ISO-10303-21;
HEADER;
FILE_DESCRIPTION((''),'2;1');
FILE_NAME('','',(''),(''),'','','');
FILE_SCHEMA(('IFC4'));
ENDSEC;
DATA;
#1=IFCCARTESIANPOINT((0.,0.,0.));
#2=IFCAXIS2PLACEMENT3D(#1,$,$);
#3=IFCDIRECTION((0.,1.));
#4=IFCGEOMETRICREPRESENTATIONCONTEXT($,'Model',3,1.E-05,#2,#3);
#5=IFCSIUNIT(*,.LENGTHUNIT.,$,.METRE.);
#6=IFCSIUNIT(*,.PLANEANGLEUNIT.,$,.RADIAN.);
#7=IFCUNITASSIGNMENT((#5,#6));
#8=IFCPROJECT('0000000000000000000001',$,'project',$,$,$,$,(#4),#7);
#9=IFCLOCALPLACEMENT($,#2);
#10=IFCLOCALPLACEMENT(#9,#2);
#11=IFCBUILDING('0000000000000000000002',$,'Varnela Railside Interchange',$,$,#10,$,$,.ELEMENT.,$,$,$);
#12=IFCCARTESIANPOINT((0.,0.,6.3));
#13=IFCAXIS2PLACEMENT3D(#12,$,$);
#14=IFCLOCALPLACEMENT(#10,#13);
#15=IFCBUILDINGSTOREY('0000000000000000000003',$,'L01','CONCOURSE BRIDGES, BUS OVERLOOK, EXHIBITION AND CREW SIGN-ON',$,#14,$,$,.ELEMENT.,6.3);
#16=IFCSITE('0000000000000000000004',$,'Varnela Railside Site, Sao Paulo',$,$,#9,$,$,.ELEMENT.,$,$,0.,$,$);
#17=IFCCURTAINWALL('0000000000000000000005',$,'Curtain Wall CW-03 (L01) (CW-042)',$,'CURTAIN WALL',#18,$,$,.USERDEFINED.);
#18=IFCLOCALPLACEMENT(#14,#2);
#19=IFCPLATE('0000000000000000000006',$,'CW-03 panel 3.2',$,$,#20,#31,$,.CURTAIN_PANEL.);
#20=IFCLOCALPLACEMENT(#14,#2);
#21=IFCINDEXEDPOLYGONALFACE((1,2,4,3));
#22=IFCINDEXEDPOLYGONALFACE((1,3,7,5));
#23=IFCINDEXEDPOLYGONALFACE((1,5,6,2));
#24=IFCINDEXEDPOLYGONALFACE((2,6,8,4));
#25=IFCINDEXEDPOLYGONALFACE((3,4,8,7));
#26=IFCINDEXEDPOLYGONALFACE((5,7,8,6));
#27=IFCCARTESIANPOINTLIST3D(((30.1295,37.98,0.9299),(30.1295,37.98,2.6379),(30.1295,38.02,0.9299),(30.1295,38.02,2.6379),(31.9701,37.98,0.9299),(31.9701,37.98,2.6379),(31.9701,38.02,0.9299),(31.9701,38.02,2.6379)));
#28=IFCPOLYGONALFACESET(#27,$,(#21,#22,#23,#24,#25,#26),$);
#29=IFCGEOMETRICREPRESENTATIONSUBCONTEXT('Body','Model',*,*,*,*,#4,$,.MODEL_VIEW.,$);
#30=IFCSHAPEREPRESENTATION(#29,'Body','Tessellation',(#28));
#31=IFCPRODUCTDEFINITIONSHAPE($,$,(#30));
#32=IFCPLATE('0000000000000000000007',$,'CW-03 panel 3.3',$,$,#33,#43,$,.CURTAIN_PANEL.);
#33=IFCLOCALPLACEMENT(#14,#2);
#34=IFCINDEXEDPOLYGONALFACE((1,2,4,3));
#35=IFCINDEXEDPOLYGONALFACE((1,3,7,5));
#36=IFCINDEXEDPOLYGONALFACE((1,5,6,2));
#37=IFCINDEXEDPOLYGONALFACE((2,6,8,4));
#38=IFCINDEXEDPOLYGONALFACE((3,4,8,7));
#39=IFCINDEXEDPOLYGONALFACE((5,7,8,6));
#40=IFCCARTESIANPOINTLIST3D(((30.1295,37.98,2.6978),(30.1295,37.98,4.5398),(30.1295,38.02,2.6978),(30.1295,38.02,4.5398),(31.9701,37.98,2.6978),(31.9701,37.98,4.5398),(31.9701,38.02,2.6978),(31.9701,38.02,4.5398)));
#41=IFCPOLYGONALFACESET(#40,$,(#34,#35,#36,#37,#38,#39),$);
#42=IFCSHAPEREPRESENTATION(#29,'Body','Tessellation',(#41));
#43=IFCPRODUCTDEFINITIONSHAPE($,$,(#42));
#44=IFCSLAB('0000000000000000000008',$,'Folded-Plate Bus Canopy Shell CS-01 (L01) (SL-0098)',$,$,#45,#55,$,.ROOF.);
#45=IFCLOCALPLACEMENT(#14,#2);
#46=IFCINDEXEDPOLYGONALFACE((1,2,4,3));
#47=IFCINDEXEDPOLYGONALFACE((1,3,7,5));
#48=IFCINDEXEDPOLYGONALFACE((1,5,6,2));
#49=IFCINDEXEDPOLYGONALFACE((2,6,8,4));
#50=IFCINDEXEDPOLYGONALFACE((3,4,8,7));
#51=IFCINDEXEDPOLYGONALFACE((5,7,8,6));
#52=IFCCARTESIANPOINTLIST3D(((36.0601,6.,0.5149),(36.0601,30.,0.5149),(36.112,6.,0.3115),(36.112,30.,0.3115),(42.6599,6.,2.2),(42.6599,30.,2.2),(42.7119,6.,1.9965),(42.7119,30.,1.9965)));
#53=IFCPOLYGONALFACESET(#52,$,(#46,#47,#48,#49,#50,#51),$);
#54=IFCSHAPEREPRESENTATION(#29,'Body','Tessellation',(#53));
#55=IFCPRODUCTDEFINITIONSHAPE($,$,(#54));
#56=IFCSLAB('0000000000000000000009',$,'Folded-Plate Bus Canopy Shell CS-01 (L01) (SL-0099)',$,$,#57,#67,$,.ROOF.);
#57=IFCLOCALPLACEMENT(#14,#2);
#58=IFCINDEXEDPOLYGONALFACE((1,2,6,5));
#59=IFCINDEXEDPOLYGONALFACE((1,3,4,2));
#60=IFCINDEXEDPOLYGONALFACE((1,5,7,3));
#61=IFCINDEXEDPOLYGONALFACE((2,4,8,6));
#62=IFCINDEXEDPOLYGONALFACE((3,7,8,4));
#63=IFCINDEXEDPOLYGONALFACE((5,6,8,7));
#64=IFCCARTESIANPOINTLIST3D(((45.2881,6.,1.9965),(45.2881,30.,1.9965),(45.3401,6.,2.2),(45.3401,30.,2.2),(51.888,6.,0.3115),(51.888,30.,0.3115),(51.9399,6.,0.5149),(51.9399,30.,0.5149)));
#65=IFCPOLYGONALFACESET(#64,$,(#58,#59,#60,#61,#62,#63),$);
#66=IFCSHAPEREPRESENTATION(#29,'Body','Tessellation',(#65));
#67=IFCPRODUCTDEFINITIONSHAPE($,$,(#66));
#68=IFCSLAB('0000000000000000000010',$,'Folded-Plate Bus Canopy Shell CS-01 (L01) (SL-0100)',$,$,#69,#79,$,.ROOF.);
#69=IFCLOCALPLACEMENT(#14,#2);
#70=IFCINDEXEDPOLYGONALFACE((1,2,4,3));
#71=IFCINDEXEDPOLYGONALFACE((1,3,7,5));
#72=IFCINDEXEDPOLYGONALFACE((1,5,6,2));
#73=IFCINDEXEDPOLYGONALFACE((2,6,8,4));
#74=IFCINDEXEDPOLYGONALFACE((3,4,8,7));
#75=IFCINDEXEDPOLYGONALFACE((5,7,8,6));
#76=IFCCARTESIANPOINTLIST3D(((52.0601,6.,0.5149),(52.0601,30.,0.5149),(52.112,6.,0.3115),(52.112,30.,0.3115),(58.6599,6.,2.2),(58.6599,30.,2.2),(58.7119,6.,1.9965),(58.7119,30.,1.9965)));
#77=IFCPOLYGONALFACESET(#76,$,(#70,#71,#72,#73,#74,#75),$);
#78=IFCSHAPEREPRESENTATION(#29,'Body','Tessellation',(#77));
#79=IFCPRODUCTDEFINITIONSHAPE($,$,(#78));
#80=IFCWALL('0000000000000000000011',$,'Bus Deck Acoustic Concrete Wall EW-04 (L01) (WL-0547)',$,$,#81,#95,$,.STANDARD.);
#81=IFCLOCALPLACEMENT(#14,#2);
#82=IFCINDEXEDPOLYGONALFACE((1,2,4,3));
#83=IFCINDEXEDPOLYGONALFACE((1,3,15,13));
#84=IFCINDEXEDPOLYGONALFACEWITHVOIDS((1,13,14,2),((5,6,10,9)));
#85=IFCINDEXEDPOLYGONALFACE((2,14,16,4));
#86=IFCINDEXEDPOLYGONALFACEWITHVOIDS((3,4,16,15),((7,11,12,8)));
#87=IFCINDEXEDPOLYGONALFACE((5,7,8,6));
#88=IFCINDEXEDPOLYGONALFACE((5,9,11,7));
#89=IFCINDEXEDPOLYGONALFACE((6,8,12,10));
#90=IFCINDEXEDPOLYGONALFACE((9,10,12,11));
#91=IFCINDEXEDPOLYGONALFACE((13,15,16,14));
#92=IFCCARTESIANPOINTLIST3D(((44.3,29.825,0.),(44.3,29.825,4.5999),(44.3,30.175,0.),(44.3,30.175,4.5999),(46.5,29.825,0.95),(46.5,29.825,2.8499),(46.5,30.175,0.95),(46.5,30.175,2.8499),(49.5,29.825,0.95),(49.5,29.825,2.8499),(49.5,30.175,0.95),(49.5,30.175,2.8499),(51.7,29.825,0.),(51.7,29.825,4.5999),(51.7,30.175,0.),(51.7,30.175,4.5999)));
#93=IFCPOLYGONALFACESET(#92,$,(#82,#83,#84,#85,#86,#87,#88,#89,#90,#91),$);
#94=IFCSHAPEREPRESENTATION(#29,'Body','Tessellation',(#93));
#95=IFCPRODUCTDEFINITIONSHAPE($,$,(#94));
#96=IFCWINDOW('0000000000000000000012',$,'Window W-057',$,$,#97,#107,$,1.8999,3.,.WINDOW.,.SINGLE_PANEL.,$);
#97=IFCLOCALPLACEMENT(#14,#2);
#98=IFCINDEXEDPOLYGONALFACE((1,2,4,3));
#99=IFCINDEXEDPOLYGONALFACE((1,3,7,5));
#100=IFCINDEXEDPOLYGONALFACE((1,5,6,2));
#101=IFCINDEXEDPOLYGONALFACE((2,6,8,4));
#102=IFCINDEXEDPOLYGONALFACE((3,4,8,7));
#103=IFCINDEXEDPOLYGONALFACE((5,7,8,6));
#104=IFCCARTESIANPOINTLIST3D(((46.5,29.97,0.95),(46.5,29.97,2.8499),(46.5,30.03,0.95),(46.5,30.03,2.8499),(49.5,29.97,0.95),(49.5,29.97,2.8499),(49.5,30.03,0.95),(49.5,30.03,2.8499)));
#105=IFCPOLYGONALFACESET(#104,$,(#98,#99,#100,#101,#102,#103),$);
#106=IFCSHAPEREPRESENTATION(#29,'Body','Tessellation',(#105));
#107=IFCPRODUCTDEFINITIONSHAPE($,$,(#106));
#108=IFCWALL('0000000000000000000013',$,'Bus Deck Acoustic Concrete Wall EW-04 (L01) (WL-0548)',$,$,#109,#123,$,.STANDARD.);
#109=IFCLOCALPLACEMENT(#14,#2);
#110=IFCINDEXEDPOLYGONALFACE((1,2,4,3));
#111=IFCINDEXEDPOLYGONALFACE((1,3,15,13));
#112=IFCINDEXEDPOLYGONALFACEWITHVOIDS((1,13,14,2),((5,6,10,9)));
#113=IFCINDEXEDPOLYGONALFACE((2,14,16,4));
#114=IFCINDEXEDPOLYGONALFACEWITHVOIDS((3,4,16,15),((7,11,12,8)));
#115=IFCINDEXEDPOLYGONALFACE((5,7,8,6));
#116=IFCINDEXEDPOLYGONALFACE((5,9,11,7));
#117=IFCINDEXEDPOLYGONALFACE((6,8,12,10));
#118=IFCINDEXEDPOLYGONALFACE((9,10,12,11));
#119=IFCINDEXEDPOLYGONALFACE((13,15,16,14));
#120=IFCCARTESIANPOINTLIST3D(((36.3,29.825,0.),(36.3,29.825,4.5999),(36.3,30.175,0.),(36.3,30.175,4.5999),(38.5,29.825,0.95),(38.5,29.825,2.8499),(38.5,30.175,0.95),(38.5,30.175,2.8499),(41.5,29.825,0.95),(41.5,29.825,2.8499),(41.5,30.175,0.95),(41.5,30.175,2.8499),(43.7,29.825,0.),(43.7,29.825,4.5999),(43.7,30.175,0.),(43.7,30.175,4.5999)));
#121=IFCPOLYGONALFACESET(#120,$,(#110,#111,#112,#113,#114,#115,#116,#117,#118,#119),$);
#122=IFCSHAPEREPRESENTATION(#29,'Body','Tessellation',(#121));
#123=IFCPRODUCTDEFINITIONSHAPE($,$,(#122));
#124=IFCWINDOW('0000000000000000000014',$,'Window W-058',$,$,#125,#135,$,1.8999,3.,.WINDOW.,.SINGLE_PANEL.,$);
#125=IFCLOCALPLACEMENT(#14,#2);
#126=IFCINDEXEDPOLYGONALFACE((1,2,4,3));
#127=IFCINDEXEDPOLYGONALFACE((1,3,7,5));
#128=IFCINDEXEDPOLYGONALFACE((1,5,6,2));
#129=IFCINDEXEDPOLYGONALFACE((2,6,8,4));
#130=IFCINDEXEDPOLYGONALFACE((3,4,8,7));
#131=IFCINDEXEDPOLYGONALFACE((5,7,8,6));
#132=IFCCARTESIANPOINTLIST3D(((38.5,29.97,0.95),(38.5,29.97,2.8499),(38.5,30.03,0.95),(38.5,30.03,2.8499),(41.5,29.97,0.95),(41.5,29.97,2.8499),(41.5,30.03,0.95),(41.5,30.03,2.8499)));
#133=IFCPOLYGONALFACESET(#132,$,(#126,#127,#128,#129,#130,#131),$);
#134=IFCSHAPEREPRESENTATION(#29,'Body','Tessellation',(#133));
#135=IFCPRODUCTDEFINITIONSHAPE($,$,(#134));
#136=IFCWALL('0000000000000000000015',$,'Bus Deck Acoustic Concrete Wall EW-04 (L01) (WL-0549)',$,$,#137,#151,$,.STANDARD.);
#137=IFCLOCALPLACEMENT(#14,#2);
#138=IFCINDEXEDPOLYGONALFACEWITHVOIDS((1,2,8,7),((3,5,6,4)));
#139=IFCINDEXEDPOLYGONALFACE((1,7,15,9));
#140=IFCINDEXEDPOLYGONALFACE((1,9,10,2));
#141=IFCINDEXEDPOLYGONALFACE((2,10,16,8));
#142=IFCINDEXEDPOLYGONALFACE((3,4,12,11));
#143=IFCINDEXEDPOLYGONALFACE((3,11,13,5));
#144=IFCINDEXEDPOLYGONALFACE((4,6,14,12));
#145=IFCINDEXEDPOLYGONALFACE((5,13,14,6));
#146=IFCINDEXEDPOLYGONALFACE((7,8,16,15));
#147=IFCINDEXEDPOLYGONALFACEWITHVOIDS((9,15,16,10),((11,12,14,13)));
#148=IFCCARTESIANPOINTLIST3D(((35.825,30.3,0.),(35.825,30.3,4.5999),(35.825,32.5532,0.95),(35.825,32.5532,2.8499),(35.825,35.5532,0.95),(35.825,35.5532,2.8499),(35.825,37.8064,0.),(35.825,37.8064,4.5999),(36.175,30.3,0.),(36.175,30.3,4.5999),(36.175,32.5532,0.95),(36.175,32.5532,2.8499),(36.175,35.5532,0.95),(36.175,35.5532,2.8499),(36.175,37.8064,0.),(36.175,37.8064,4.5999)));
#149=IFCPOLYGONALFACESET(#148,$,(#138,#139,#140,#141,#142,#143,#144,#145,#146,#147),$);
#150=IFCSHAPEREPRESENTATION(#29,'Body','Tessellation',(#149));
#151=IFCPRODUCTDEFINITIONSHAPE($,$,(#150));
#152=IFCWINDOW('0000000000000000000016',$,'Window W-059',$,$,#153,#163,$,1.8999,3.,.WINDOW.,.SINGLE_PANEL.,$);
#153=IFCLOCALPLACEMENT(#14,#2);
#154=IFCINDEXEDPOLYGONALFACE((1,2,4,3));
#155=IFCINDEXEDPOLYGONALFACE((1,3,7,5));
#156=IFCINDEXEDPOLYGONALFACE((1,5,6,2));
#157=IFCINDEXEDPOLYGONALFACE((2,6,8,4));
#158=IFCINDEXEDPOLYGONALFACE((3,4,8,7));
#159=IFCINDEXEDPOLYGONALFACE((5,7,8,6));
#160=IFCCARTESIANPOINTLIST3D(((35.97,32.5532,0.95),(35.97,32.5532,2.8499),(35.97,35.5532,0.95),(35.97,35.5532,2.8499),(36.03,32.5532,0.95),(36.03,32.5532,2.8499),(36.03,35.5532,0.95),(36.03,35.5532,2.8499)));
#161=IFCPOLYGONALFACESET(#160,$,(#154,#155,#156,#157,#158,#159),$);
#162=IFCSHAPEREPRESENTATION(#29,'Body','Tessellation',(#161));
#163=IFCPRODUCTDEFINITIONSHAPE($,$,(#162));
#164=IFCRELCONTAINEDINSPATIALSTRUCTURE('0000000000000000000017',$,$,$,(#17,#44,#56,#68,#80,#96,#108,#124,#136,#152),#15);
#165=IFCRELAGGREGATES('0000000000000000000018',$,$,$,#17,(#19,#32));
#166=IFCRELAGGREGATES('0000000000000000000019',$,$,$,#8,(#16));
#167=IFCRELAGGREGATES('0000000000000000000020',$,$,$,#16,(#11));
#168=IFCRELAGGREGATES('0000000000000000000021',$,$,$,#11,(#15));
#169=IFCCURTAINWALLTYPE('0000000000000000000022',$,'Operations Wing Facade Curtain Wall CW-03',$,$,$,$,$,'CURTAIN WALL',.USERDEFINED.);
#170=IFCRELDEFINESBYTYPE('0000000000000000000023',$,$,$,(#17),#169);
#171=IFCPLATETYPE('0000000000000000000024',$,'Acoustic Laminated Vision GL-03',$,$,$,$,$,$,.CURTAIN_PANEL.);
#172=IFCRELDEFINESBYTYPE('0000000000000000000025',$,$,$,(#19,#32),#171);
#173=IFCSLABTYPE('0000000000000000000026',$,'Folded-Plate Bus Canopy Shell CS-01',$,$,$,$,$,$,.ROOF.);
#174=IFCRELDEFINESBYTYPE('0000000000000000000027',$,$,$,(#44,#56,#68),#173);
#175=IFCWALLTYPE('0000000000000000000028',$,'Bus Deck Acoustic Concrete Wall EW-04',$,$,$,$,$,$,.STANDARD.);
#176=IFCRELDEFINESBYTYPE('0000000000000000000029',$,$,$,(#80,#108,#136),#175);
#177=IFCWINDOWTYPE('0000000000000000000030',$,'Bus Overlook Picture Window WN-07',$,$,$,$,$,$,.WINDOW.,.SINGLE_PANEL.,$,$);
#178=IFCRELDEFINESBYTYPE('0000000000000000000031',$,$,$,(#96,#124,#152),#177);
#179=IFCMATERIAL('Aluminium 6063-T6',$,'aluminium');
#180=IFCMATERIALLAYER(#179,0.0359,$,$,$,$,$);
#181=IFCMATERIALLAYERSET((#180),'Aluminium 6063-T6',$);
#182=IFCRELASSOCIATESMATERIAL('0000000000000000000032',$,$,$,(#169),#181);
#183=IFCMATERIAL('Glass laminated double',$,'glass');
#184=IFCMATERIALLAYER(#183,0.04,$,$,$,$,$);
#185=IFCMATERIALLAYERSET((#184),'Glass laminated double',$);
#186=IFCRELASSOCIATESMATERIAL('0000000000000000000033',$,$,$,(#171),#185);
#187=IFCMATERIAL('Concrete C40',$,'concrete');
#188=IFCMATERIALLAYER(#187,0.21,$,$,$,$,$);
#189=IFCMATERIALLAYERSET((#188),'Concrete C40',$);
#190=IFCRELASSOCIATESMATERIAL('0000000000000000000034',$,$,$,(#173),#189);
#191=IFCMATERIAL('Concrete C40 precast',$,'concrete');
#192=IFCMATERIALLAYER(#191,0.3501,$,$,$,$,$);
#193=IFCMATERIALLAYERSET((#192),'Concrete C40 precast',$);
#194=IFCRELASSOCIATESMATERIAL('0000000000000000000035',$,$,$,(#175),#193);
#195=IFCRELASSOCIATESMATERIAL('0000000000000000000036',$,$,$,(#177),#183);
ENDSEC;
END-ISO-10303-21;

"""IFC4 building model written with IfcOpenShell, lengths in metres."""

from ifc_helpers import new_model, si_unit, direction, frame, frame_2d, origin, origin_2d, place, context, subcontext, project, spatial, polyline, rectangle, outline, extrude, material, layer, layer_set, type_object, element, fill, aggregate, save


model = new_model("IFC4")

# Units and contexts
model_context = context("Model", 3, precision=1e-05, world=origin(), true_north=direction((0.0, 1.0)))
body_context = subcontext(model_context, "Body", "Model", "MODEL_VIEW")
ifc_project = project(units=[si_unit("LENGTHUNIT", "METRE"), si_unit("PLANEANGLEUNIT", "RADIAN")], contexts=[model_context])

# Site, building, storey
site_placement = place(None, origin())
site = spatial("IfcSite", under=ifc_project, at=site_placement, Name="Varnela Railside Site, Sao Paulo", CompositionType="ELEMENT", RefElevation=0.0)
building_placement = place(site_placement, origin())
building = spatial("IfcBuilding", under=site, at=building_placement, Name="Varnela Railside Interchange", CompositionType="ELEMENT")
storey_placement = place(building_placement, frame((0.0, 0.0, 6.3)))
storey = spatial("IfcBuildingStorey", under=building, at=storey_placement, Name="L01", Description="CONCOURSE BRIDGES, BUS OVERLOOK, EXHIBITION AND CREW SIGN-ON", CompositionType="ELEMENT", Elevation=6.3)

# Curtain wall, plates
ifc_material_1 = material(Name="Aluminium 6063-T6", Category="aluminium")
ifc_layer_1 = layer(ifc_material_1, 0.0359)
ifc_layer_set_1 = layer_set([ifc_layer_1], Name="Aluminium 6063-T6")
curtain_wall_type = type_object("IfcCurtainWallType", Name="Operations Wing Facade Curtain Wall CW-03", ElementType="CURTAIN WALL", PredefinedType="USERDEFINED", material=ifc_layer_set_1)
curtain_wall_placement = place(storey_placement, origin())
curtain_wall = element("IfcCurtainWall", 1, at=curtain_wall_placement, inside=storey, type_object=curtain_wall_type, Name="Curtain Wall CW-03 (L01) (CW-042)", ObjectType="CURTAIN WALL", PredefinedType="USERDEFINED")
ifc_material_2 = material(Name="Glass laminated double", Category="glass")
ifc_layer_2 = layer(ifc_material_2, 0.04)
ifc_layer_set_2 = layer_set([ifc_layer_2], Name="Glass laminated double")
plate_type = type_object("IfcPlateType", Name="Acoustic Laminated Vision GL-03", PredefinedType="CURTAIN_PANEL", material=ifc_layer_set_2)
plate_1_placement = place(storey_placement, frame((31.0498, 38.0, 0.9299), z_axis=(0.0, 0.0, 1.0), x_axis=(-1.0, 0.0, 0.0)))
plate_1 = element("IfcPlate", 2, at=plate_1_placement, type_object=plate_type, Name="CW-03 panel 3.2", PredefinedType="CURTAIN_PANEL", context=body_context, shape_type="SweptSolid", body=[
    extrude(rectangle(XDim=1.8406, YDim=0.04, at=origin_2d()), origin(), (0.0, 0.0, 1.0), 1.708),
])
plate_2_placement = place(storey_placement, frame((31.0498, 38.0, 2.6978), z_axis=(0.0, 0.0, 1.0), x_axis=(-1.0, 0.0, 0.0)))
plate_2 = element("IfcPlate", 3, at=plate_2_placement, type_object=plate_type, Name="CW-03 panel 3.3", PredefinedType="CURTAIN_PANEL", context=body_context, shape_type="SweptSolid", body=[
    extrude(rectangle(XDim=1.8406, YDim=0.04, at=origin_2d()), origin(), (0.0, 0.0, 1.0), 1.842),
])
aggregate(curtain_wall, [plate_1, plate_2])

# Slabs
ifc_material_3 = material(Name="Concrete C40", Category="concrete")
ifc_layer_3 = layer(ifc_material_3, 0.21)
ifc_layer_set_3 = layer_set([ifc_layer_3], Name="Concrete C40")
slab_type = type_object("IfcSlabType", Name="Folded-Plate Bus Canopy Shell CS-01", PredefinedType="ROOF", material=ifc_layer_set_3)
for number, where, z_axis, x_axis, name in (
    (4, (36.0601, 6.0, 0.5149), (-0.247382, 0.0, 0.968918), (0.968918, 0.0, 0.247382), "Folded-Plate Bus Canopy Shell CS-01 (L01) (SL-0098)"),
    (5, (45.3401, 6.0, 2.2), (0.247382, 0.0, 0.968918), (0.968918, 0.0, -0.247382), "Folded-Plate Bus Canopy Shell CS-01 (L01) (SL-0099)"),
    (6, (52.0601, 6.0, 0.5149), (-0.247382, 0.0, 0.968918), (0.968918, 0.0, 0.247382), "Folded-Plate Bus Canopy Shell CS-01 (L01) (SL-0100)"),
):
    element("IfcSlab", number, at=place(storey_placement, frame(where, z_axis=z_axis, x_axis=x_axis)), inside=storey, type_object=slab_type, Name=name, PredefinedType="ROOF", context=body_context, shape_type="SweptSolid", body=[
        extrude(outline(polyline([(0.0, 0.0), (6.8116, 0.0), (6.8116, 24.0), (0.0, 24.0), (0.0, 0.0)])), origin(), (0.0, 0.0, -1.0), 0.21),
    ])

# Walls, openings, windows
ifc_material_4 = material(Name="Concrete C40 precast", Category="concrete")
ifc_layer_4 = layer(ifc_material_4, 0.3501)
ifc_layer_set_4 = layer_set([ifc_layer_4], Name="Concrete C40 precast")
wall_type_1 = type_object("IfcWallType", Name="Bus Deck Acoustic Concrete Wall EW-04", PredefinedType="STANDARD", material=ifc_layer_set_4)
wall_1_placement = place(storey_placement, frame((51.7, 30.0, 0.0), z_axis=(0.0, 0.0, 1.0), x_axis=(-1.0, 0.0, 0.0)))
wall_1 = element("IfcWall", 7, at=wall_1_placement, inside=storey, type_object=wall_type_1, Name="Bus Deck Acoustic Concrete Wall EW-04 (L01) (WL-0547)", PredefinedType="STANDARD", context=body_context, shape_type="SweptSolid", body=[
    extrude(rectangle(XDim=7.3999, YDim=0.3501, at=frame_2d((3.7, 0.0))), origin(), (0.0, 0.0, 1.0), 4.5999),
])
opening_1_placement = place(wall_1_placement, frame((2.2, 0.0, 0.95)))
opening_1 = element("IfcOpeningElement", 8, at=opening_1_placement, cuts=wall_1, PredefinedType="OPENING", context=body_context, shape_type="SweptSolid", body=[
    extrude(rectangle(XDim=3.0, YDim=1.8999, at=frame_2d((1.5, 0.95))), frame((0.0, 0.1851, 0.0), z_axis=(0.0, -1.0, 0.0), x_axis=(1.0, 0.0, 0.0)), (0.0, 0.0, 1.0), 0.3701),
])
window_type = type_object("IfcWindowType", Name="Bus Overlook Picture Window WN-07", PartitioningType="SINGLE_PANEL", PredefinedType="WINDOW", material=ifc_material_2)
window_1_placement = place(opening_1_placement, origin())
window_1 = element("IfcWindow", 9, at=window_1_placement, inside=storey, type_object=window_type, Name="Window W-057", OverallHeight=1.8999, OverallWidth=3.0, PartitioningType="SINGLE_PANEL", PredefinedType="WINDOW", context=body_context, shape_type="SweptSolid", body=[
    extrude(rectangle(XDim=3.0, YDim=1.8999, at=frame_2d((1.5, 0.95))), frame((0.0, 0.03, 0.0), z_axis=(0.0, -1.0, 0.0), x_axis=(1.0, 0.0, 0.0)), (0.0, 0.0, 1.0), 0.0601),
])
fill(opening_1, window_1)
wall_2_placement = place(storey_placement, frame((43.7, 30.0, 0.0), z_axis=(0.0, 0.0, 1.0), x_axis=(-1.0, 0.0, 0.0)))
wall_2 = element("IfcWall", 10, at=wall_2_placement, inside=storey, type_object=wall_type_1, Name="Bus Deck Acoustic Concrete Wall EW-04 (L01) (WL-0548)", PredefinedType="STANDARD", context=body_context, shape_type="SweptSolid", body=[
    extrude(rectangle(XDim=7.3999, YDim=0.3501, at=frame_2d((3.7, 0.0))), origin(), (0.0, 0.0, 1.0), 4.5999),
])
opening_2_placement = place(wall_2_placement, frame((2.2, 0.0, 0.95)))
opening_2 = element("IfcOpeningElement", 11, at=opening_2_placement, cuts=wall_2, PredefinedType="OPENING", context=body_context, shape_type="SweptSolid", body=[
    extrude(rectangle(XDim=3.0, YDim=1.8999, at=frame_2d((1.5, 0.95))), frame((0.0, 0.1851, 0.0), z_axis=(0.0, -1.0, 0.0), x_axis=(1.0, 0.0, 0.0)), (0.0, 0.0, 1.0), 0.3701),
])
window_2_placement = place(opening_2_placement, origin())
window_2 = element("IfcWindow", 12, at=window_2_placement, inside=storey, type_object=window_type, Name="Window W-058", OverallHeight=1.8999, OverallWidth=3.0, PartitioningType="SINGLE_PANEL", PredefinedType="WINDOW", context=body_context, shape_type="SweptSolid", body=[
    extrude(rectangle(XDim=3.0, YDim=1.8999, at=frame_2d((1.5, 0.95))), frame((0.0, 0.03, 0.0), z_axis=(0.0, -1.0, 0.0), x_axis=(1.0, 0.0, 0.0)), (0.0, 0.0, 1.0), 0.0601),
])
fill(opening_2, window_2)
wall_3_placement = place(storey_placement, frame((36.0, 30.3, 0.0), z_axis=(0.0, 0.0, 1.0), x_axis=(0.0, 1.0, 0.0)))
wall_3 = element("IfcWall", 13, at=wall_3_placement, inside=storey, type_object=wall_type_1, Name="Bus Deck Acoustic Concrete Wall EW-04 (L01) (WL-0549)", PredefinedType="STANDARD", context=body_context, shape_type="SweptSolid", body=[
    extrude(rectangle(XDim=7.5063, YDim=0.3501, at=frame_2d((3.7532, 0.0))), origin(), (0.0, 0.0, 1.0), 4.5999),
])
opening_3_placement = place(wall_3_placement, frame((2.2532, 0.0, 0.95)))
opening_3 = element("IfcOpeningElement", 14, at=opening_3_placement, cuts=wall_3, PredefinedType="OPENING", context=body_context, shape_type="SweptSolid", body=[
    extrude(rectangle(XDim=3.0, YDim=1.8999, at=frame_2d((1.5, 0.95))), frame((0.0, 0.1851, 0.0), z_axis=(0.0, -1.0, 0.0), x_axis=(1.0, 0.0, 0.0)), (0.0, 0.0, 1.0), 0.3701),
])
window_3_placement = place(opening_3_placement, origin())
window_3 = element("IfcWindow", 15, at=window_3_placement, inside=storey, type_object=window_type, Name="Window W-059", OverallHeight=1.8999, OverallWidth=3.0, PartitioningType="SINGLE_PANEL", PredefinedType="WINDOW", context=body_context, shape_type="SweptSolid", body=[
    extrude(rectangle(XDim=3.0, YDim=1.8999, at=frame_2d((1.5, 0.95))), frame((0.0, 0.03, 0.0), z_axis=(0.0, -1.0, 0.0), x_axis=(1.0, 0.0, 0.0)), (0.0, 0.0, 1.0), 0.0601),
])
fill(opening_3, window_3)

save(model, "model.ifc")
